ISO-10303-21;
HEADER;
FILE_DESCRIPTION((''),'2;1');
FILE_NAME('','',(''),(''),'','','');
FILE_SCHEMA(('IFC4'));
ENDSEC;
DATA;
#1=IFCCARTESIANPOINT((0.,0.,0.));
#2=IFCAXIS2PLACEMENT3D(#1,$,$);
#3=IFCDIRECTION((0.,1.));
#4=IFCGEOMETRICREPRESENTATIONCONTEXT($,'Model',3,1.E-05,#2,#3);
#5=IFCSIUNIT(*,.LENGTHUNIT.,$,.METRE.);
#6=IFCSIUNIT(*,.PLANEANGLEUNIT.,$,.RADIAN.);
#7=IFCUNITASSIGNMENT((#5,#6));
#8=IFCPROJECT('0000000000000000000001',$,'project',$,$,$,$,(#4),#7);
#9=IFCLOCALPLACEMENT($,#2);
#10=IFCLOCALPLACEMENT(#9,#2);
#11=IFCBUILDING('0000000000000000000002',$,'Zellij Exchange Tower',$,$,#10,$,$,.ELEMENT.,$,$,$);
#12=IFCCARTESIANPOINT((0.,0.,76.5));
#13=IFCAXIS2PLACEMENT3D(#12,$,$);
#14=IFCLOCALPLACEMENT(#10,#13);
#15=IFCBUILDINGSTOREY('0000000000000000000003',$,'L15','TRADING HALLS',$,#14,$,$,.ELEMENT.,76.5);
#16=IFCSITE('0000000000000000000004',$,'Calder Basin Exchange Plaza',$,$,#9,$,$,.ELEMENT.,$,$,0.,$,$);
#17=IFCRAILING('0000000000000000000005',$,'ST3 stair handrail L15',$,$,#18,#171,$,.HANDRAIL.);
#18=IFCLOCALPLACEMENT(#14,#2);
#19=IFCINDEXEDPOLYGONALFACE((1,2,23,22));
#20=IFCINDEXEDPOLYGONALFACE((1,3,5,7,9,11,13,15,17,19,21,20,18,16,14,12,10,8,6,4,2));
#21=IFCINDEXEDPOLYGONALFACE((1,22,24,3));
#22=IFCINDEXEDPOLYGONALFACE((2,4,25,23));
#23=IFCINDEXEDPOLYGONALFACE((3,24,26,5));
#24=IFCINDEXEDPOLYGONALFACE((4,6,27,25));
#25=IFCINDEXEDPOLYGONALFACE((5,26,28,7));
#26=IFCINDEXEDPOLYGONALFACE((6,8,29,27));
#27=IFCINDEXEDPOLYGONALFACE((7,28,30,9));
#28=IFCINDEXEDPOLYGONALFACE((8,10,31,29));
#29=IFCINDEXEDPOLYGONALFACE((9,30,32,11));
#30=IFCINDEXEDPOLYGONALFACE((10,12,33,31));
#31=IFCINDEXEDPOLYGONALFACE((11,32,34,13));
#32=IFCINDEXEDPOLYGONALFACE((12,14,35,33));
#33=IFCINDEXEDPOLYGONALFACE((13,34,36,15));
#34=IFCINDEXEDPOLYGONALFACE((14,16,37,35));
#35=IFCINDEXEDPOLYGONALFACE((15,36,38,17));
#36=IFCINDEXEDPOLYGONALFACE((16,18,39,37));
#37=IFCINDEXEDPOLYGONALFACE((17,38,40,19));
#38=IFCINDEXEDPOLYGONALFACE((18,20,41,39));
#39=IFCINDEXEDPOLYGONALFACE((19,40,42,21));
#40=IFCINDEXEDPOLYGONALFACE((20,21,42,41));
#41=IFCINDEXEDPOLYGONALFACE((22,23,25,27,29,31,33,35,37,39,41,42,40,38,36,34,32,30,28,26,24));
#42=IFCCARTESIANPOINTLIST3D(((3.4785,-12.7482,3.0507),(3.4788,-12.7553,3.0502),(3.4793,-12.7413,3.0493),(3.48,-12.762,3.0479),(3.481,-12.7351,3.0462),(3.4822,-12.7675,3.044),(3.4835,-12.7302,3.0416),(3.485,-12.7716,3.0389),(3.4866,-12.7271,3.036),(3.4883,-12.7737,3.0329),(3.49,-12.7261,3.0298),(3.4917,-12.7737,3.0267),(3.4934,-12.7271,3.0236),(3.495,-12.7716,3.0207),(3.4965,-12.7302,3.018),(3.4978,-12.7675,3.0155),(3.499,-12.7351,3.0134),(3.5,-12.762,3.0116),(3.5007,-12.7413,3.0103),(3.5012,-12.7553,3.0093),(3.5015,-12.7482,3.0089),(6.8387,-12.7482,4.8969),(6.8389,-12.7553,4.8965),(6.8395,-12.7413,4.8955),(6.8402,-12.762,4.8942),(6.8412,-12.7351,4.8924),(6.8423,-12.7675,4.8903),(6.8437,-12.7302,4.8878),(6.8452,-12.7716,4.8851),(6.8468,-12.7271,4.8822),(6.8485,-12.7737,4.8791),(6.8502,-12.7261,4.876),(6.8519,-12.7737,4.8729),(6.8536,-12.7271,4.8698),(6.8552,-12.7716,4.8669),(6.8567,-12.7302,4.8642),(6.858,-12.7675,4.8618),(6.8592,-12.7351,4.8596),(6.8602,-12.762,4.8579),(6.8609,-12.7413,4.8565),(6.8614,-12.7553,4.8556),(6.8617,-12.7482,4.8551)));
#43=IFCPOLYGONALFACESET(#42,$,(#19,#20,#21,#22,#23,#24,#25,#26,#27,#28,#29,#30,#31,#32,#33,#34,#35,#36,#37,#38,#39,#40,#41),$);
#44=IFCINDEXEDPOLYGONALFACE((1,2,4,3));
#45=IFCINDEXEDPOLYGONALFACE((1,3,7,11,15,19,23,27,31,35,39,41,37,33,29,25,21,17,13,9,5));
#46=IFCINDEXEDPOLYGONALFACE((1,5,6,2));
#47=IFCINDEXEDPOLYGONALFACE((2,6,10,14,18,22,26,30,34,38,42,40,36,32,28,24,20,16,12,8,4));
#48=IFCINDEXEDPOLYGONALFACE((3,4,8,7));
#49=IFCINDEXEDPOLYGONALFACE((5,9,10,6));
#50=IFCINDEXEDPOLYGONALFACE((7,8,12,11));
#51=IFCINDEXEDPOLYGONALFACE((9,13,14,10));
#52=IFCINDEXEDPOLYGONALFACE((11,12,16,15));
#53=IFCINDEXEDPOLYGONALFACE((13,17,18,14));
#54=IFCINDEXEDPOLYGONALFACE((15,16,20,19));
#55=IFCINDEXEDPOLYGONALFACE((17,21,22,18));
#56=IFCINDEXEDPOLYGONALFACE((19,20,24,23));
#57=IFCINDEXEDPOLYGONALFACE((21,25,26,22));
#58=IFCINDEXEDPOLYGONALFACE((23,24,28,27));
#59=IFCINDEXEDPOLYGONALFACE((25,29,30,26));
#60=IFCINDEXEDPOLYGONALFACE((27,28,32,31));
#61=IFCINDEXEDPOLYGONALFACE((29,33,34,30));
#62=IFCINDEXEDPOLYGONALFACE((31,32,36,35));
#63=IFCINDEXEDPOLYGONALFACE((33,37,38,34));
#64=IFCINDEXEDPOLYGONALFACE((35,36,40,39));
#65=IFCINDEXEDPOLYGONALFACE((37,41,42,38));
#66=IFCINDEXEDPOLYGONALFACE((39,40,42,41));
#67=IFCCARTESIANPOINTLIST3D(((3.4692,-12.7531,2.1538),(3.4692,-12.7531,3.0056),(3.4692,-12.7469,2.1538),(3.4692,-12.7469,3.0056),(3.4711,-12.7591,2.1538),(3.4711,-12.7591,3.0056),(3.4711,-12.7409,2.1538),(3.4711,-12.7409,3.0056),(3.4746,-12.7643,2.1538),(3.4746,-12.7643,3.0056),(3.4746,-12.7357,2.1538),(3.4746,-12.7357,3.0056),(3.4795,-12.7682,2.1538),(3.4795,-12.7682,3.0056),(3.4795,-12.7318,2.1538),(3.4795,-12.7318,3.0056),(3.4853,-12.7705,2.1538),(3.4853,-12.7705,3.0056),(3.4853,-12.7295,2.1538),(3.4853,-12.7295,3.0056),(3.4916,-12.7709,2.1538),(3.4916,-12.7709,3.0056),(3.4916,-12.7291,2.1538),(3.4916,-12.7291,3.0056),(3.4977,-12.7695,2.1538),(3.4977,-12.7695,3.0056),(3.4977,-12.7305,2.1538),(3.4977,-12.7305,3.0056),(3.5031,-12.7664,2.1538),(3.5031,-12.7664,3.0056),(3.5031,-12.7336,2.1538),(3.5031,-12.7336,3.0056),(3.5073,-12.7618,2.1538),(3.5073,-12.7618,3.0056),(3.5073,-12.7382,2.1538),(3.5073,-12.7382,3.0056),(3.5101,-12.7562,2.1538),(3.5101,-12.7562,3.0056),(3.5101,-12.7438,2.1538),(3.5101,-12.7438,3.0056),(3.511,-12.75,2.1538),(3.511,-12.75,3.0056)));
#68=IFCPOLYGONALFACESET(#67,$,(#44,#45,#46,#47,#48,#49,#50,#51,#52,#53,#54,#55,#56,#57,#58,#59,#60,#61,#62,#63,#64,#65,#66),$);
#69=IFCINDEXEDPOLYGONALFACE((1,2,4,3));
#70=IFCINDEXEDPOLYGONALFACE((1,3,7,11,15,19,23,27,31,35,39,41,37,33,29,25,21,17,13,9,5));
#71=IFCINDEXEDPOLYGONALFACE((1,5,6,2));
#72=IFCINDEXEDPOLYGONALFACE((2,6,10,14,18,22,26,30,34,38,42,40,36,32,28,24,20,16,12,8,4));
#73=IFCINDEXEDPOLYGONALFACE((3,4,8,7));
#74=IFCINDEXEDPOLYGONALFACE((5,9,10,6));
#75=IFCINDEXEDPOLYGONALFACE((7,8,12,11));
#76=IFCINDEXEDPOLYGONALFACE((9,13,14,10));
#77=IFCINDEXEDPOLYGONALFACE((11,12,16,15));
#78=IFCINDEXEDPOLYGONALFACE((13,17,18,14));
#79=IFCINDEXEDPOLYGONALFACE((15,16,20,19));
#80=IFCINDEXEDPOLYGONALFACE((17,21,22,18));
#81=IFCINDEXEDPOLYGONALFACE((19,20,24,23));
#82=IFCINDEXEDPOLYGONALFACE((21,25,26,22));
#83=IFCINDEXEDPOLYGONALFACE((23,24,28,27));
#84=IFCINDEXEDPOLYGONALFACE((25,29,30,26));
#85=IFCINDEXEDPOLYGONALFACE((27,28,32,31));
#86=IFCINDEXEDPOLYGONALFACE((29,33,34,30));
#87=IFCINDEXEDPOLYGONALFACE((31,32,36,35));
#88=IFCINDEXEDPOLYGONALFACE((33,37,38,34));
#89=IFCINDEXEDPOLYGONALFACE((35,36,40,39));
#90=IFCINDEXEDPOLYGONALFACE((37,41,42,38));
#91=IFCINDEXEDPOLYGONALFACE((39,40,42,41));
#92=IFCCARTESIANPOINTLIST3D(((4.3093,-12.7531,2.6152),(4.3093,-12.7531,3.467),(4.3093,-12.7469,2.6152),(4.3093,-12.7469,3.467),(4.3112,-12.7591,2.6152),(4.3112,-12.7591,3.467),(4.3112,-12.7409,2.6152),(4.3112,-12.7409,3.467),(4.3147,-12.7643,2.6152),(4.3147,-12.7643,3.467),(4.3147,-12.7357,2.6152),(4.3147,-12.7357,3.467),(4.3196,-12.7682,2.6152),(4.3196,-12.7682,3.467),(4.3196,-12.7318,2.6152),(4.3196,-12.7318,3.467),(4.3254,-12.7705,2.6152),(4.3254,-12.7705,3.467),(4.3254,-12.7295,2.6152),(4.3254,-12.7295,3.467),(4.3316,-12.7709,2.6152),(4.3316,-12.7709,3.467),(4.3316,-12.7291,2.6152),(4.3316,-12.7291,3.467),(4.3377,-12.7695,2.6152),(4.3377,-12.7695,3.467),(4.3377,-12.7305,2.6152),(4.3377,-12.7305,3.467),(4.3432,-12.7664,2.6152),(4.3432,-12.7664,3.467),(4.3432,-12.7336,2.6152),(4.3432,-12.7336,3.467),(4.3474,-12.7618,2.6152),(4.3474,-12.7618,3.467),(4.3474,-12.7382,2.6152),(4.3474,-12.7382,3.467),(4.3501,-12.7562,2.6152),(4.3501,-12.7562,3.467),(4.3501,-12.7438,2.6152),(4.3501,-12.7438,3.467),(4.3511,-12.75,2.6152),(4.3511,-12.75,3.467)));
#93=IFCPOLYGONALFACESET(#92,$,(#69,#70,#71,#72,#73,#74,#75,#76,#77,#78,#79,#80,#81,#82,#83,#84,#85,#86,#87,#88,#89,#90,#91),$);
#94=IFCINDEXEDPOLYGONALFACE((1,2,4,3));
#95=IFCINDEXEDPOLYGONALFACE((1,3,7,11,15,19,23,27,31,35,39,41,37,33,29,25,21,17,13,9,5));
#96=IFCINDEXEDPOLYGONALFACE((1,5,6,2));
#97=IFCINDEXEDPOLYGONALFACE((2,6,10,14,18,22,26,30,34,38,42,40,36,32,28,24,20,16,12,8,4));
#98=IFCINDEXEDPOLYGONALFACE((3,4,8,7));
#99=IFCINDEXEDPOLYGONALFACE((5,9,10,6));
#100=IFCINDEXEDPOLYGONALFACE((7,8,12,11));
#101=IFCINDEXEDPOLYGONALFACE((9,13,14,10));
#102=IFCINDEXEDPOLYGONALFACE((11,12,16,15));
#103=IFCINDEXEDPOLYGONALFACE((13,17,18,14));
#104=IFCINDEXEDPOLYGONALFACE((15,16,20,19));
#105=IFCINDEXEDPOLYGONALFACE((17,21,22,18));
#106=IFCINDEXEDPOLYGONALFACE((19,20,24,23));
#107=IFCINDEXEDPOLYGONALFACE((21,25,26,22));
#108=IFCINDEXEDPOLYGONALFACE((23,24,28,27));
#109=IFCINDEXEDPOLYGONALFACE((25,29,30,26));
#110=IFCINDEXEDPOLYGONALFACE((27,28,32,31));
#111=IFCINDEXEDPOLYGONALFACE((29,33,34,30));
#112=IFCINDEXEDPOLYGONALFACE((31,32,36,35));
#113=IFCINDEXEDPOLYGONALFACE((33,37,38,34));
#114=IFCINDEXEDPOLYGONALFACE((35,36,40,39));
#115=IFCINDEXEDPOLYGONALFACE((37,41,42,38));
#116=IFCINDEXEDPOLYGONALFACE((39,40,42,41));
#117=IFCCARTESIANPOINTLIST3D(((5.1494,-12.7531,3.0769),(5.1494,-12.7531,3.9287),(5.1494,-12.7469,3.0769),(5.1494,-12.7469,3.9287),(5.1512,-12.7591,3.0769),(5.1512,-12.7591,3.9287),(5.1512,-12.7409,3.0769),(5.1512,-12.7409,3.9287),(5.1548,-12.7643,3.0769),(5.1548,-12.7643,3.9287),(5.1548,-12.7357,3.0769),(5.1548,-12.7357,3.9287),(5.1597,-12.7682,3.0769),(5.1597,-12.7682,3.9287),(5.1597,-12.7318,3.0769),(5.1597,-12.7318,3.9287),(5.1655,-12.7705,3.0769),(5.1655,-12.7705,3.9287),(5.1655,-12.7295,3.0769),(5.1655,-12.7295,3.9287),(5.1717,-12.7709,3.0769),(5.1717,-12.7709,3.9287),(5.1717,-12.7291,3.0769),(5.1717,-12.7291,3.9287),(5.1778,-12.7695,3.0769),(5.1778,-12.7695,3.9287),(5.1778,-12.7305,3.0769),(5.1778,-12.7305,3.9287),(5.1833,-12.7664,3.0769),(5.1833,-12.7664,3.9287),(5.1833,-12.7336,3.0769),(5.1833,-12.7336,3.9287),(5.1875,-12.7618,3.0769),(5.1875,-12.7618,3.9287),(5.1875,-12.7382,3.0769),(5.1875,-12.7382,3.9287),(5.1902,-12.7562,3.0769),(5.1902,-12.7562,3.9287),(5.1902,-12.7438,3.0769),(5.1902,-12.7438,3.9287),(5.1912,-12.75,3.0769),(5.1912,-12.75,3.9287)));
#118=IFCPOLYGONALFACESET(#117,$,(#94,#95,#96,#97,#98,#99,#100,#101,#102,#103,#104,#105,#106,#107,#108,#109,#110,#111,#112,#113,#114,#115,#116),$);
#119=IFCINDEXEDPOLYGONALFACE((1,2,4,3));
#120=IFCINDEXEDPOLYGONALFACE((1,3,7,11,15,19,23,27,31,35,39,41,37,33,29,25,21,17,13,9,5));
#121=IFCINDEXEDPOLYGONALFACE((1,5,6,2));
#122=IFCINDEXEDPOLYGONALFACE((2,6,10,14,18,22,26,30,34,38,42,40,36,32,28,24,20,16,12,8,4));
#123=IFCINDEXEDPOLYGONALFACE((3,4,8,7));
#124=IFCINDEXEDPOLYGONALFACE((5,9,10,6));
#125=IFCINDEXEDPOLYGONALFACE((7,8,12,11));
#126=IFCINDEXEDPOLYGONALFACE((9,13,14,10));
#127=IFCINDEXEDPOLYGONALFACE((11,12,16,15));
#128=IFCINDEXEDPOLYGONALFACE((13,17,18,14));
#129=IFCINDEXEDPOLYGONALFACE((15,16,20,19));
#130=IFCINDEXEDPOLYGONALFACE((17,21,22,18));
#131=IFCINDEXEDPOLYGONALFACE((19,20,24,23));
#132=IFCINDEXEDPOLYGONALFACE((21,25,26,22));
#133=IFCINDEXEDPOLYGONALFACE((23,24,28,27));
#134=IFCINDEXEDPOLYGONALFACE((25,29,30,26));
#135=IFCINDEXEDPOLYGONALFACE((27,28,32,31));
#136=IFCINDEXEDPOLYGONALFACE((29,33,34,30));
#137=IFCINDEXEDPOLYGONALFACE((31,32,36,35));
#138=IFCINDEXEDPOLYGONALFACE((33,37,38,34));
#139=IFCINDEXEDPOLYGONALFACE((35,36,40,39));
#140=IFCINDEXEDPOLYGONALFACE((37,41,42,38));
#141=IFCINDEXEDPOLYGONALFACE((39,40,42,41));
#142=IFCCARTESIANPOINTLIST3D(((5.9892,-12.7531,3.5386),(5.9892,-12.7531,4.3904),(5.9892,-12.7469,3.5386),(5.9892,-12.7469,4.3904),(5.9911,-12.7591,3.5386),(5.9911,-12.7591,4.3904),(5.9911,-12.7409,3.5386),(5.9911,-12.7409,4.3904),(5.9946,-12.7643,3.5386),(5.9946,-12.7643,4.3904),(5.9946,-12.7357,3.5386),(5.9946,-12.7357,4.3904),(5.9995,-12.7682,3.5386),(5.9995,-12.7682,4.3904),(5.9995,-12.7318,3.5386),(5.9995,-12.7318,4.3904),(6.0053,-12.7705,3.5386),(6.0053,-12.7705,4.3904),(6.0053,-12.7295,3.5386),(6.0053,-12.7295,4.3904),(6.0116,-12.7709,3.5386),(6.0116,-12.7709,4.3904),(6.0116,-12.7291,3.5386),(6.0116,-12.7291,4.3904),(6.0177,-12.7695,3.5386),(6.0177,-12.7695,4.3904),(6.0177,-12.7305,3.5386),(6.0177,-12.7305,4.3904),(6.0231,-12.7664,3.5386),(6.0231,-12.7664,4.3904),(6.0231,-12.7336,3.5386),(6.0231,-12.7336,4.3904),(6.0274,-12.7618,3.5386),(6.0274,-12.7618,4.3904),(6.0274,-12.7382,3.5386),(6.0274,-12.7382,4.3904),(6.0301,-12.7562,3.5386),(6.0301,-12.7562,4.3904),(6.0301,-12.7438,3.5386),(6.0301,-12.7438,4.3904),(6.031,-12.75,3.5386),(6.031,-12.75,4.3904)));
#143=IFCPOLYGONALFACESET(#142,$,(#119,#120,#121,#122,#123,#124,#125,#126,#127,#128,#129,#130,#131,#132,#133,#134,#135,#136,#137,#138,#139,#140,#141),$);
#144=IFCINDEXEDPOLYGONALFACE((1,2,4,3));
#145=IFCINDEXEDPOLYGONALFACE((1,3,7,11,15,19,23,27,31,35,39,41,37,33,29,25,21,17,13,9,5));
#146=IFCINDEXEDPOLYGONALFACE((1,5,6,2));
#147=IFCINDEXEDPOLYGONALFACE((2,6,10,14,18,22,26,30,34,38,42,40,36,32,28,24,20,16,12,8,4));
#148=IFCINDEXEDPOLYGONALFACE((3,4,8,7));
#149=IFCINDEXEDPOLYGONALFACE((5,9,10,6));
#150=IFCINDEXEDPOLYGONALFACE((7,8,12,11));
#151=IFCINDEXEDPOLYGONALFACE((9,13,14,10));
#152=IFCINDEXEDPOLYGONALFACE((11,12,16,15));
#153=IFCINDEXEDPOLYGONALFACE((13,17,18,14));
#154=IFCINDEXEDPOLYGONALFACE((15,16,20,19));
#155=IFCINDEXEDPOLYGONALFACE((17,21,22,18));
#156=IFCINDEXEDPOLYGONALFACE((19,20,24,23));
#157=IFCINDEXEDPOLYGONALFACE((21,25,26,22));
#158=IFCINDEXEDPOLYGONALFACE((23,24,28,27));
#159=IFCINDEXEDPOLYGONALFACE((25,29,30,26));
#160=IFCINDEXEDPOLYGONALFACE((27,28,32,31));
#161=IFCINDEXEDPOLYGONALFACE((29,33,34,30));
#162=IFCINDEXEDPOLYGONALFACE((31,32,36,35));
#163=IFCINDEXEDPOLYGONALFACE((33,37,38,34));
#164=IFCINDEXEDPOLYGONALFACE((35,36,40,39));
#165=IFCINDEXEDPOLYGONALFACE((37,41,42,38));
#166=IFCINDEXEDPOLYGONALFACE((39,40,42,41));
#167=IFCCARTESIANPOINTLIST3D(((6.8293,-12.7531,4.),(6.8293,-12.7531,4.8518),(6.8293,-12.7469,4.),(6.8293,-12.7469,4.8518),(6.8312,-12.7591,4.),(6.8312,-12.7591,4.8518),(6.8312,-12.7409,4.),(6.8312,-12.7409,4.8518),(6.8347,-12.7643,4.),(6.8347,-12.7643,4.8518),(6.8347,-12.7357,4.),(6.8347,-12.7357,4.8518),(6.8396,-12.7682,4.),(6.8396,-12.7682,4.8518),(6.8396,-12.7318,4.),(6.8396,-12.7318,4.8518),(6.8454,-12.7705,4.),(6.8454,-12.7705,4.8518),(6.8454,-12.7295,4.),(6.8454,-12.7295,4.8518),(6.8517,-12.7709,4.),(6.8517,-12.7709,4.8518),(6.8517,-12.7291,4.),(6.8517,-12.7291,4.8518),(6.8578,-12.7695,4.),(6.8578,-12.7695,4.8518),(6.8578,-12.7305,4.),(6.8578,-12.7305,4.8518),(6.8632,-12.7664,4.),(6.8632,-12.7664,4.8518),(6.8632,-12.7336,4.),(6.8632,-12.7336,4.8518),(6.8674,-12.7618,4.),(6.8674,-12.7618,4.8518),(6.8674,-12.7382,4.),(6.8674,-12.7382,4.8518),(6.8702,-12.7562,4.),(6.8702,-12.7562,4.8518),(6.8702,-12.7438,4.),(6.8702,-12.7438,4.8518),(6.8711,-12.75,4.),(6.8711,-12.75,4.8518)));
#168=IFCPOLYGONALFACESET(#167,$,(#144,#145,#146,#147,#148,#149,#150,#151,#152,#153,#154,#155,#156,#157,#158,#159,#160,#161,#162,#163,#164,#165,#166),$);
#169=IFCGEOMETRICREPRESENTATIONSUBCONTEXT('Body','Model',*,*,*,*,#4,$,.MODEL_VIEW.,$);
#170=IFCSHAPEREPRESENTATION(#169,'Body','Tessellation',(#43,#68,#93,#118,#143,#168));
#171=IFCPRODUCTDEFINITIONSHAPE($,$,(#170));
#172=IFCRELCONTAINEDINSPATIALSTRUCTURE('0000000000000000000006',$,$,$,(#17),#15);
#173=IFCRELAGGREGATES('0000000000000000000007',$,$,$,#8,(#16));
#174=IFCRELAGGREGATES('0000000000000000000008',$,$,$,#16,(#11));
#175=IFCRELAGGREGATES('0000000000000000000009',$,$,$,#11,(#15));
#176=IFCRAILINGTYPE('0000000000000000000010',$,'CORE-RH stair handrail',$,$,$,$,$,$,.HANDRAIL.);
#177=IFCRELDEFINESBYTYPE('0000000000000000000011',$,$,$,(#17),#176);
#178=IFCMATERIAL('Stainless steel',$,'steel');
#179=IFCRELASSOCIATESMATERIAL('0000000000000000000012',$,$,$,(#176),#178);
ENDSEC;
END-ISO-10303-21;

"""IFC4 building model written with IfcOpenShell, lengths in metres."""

from ifc_helpers import new_model, si_unit, direction, frame, origin, origin_2d, place, context, subcontext, project, spatial, circle, extrude, material, type_object, element, save


model = new_model("IFC4")

# Units and contexts
model_context = context("Model", 3, precision=1e-05, world=origin(), true_north=direction((0.0, 1.0)))
body_context = subcontext(model_context, "Body", "Model", "MODEL_VIEW")
ifc_project = project(units=[si_unit("LENGTHUNIT", "METRE"), si_unit("PLANEANGLEUNIT", "RADIAN")], contexts=[model_context])

# Site, building, storey
site_placement = place(None, origin())
site = spatial("IfcSite", under=ifc_project, at=site_placement, Name="Calder Basin Exchange Plaza", CompositionType="ELEMENT", RefElevation=0.0)
building_placement = place(site_placement, origin())
building = spatial("IfcBuilding", under=site, at=building_placement, Name="Zellij Exchange Tower", CompositionType="ELEMENT")
storey_placement = place(building_placement, frame((0.0, 0.0, 76.5)))
storey = spatial("IfcBuildingStorey", under=building, at=storey_placement, Name="L15", Description="TRADING HALLS", CompositionType="ELEMENT", Elevation=76.5)

# Railing
ifc_material_1 = material(Name="Stainless steel", Category="steel")
railing_type_1 = type_object("IfcRailingType", Name="CORE-RH stair handrail", PredefinedType="HANDRAIL", material=ifc_material_1)
railing_1_placement = place(storey_placement, frame((3.49, -12.75, 2.1538)))
element("IfcRailing", 1, at=railing_1_placement, inside=storey, type_object=railing_type_1, Name="ST3 stair handrail L15", PredefinedType="HANDRAIL", context=body_context, shape_type="SweptSolid", body=[
    extrude(circle(Radius=0.0239, at=origin_2d()), frame((0.0, 0.0, 0.876), z_axis=(0.876422, 0.0, 0.481545), x_axis=(0.0, 1.0, 0.0)), (0.0, 0.0, 1.0), 3.834),
    extrude(circle(Radius=0.021, at=origin_2d()), origin(), (0.0, 0.0, 1.0), 0.8518),
    extrude(circle(Radius=0.021, at=origin_2d()), frame((0.8401, 0.0, 0.4614)), (0.0, 0.0, 1.0), 0.8518),
    extrude(circle(Radius=0.021, at=origin_2d()), frame((1.6802, 0.0, 0.9231)), (0.0, 0.0, 1.0), 0.8518),
    extrude(circle(Radius=0.021, at=origin_2d()), frame((2.52, 0.0, 1.3848)), (0.0, 0.0, 1.0), 0.8518),
    extrude(circle(Radius=0.021, at=origin_2d()), frame((3.3601, 0.0, 1.8462)), (0.0, 0.0, 1.0), 0.8518),
])

save(model, "model.ifc")
